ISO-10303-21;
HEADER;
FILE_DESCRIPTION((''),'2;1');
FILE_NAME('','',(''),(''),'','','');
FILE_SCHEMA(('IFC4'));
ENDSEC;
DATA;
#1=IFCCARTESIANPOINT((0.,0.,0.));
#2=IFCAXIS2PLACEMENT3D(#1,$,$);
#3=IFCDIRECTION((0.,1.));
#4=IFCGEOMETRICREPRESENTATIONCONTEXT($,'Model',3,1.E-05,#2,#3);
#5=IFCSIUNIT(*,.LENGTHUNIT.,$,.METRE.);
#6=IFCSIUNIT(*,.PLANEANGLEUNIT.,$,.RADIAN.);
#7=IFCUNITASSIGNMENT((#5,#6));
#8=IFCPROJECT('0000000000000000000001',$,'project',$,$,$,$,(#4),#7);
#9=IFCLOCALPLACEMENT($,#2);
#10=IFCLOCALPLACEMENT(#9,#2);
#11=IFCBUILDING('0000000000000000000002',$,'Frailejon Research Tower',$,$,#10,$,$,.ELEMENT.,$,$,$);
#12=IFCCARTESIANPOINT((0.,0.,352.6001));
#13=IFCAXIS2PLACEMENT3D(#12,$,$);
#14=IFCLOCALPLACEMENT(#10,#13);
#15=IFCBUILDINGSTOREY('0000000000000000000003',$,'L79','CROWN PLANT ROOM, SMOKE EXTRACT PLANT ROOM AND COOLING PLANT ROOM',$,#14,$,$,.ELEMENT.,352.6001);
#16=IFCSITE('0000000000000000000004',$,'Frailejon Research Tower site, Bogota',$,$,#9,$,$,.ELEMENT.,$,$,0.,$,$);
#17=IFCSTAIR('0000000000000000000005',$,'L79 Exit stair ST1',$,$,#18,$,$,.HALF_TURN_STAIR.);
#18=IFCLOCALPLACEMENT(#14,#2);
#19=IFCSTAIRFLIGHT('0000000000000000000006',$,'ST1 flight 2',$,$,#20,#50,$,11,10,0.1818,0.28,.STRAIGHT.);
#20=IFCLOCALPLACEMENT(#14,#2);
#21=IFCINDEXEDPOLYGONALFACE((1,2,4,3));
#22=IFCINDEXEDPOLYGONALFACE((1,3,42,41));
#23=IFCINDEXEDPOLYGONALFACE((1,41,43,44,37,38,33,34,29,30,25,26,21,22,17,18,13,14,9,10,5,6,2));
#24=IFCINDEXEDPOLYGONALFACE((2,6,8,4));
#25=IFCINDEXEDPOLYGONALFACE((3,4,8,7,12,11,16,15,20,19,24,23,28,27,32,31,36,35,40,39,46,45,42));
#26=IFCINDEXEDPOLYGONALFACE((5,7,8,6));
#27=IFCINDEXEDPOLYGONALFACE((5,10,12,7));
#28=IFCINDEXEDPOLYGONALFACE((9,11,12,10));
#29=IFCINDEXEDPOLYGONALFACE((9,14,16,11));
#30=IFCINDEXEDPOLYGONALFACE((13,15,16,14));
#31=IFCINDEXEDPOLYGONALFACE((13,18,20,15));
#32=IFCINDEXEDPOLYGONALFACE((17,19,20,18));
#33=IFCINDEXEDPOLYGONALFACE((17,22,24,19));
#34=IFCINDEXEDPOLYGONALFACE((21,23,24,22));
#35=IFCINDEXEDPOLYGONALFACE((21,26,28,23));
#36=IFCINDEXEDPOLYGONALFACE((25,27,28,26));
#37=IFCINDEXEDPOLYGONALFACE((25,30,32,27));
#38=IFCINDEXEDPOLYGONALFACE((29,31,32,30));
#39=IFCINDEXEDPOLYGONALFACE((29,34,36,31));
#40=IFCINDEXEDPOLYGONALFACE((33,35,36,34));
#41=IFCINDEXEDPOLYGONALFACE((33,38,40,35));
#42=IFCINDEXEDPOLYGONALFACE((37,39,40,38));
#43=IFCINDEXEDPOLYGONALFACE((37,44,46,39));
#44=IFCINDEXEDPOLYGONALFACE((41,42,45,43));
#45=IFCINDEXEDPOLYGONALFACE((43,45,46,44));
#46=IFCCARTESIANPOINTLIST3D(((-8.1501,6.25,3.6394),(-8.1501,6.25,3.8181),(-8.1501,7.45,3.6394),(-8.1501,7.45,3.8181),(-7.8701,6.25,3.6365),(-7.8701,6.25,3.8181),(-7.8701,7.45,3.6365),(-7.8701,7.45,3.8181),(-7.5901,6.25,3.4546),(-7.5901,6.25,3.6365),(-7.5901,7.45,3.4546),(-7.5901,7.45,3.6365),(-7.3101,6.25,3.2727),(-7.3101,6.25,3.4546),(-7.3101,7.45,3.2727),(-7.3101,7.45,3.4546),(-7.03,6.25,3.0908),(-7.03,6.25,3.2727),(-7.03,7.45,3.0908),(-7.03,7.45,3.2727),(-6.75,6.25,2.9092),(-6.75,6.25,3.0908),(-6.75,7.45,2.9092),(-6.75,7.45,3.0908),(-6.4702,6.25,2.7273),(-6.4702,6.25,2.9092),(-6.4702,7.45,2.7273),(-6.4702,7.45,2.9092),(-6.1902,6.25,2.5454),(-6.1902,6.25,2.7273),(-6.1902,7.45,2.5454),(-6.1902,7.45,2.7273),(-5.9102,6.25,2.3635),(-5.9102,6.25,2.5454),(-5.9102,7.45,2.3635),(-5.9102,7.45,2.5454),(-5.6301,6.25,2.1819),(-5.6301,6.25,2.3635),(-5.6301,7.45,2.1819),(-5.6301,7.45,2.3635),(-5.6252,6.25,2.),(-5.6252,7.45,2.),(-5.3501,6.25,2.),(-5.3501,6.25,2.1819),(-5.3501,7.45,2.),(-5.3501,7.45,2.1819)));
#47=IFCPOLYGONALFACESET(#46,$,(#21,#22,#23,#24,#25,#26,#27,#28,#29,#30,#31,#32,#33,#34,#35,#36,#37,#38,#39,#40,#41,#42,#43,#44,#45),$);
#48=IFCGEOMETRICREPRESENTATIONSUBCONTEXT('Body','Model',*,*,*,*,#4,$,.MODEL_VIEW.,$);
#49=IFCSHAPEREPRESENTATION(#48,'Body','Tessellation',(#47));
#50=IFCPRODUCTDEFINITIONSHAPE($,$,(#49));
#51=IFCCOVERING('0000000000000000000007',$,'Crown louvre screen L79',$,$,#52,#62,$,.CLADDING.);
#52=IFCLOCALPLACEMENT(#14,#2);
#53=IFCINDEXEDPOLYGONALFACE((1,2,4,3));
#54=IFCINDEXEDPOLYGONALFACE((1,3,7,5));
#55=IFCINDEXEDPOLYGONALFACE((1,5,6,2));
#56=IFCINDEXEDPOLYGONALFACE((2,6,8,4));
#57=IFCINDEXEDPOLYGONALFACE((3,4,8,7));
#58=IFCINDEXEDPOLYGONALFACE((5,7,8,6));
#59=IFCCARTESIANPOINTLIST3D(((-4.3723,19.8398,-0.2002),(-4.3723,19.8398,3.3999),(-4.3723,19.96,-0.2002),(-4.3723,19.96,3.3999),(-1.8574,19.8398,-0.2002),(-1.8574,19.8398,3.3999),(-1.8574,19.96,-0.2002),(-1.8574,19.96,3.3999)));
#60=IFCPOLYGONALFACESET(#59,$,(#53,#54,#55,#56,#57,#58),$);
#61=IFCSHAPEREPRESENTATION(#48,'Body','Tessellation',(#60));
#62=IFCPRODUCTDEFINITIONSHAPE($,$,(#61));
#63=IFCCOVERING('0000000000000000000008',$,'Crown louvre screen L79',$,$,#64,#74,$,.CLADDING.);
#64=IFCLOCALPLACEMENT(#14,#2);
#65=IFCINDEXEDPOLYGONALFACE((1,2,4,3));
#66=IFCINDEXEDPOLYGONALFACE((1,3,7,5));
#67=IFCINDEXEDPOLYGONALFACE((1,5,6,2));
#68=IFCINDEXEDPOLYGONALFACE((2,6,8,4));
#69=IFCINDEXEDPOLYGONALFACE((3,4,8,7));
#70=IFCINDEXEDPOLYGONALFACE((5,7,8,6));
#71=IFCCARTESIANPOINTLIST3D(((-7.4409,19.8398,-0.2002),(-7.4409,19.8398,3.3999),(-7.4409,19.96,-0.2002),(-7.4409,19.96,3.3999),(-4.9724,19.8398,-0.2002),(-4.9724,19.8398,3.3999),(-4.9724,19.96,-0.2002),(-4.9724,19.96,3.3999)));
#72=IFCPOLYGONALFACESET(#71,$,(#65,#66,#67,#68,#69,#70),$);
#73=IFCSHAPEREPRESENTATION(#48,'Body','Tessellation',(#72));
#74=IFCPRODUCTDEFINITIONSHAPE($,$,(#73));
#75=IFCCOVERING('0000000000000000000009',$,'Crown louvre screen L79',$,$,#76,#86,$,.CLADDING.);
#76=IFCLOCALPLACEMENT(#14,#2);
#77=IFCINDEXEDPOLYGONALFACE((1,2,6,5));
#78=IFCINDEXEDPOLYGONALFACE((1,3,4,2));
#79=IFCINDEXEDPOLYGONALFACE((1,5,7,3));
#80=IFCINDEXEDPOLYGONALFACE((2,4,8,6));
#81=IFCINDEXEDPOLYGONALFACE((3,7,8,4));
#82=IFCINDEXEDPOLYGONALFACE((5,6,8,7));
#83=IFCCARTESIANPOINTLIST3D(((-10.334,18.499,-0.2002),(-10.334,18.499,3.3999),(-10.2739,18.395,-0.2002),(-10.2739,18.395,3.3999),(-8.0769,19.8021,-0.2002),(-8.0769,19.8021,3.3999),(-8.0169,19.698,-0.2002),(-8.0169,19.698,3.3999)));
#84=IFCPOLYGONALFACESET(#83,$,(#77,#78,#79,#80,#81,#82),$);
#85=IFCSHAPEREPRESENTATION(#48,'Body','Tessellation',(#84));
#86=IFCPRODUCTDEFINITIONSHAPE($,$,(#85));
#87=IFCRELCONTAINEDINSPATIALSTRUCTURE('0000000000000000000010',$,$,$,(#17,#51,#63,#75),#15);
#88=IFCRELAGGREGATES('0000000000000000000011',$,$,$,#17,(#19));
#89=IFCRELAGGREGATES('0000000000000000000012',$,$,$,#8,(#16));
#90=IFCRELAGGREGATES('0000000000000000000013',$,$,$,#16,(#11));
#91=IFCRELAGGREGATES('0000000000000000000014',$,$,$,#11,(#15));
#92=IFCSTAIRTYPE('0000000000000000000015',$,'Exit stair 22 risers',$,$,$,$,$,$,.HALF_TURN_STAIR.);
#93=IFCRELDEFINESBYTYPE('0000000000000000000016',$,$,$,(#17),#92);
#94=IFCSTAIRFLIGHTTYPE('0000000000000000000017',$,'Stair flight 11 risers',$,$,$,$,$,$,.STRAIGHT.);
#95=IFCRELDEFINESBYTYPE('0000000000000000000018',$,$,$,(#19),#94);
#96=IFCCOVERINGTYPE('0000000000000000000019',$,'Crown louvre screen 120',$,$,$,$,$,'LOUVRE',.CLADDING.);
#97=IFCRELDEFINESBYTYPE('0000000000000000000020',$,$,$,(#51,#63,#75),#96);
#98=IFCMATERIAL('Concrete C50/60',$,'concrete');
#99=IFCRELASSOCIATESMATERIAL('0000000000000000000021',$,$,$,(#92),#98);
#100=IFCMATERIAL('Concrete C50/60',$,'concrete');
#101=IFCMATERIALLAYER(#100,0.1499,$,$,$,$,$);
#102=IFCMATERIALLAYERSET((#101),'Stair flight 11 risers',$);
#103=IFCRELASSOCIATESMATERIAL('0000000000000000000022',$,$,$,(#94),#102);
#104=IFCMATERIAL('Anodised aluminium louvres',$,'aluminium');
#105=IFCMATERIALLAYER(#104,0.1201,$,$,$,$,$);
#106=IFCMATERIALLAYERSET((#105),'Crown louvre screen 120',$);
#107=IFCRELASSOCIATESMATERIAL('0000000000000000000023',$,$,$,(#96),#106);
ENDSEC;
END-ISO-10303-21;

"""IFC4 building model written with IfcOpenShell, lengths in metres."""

from ifc_helpers import new_model, si_unit, direction, frame, origin, place, context, subcontext, project, spatial, polyline, outline, extrude, material, layer, layer_set, type_object, element, aggregate, save


model = new_model("IFC4")

# Units and contexts
model_context = context("Model", 3, precision=1e-05, world=origin(), true_north=direction((0.0, 1.0)))
body_context = subcontext(model_context, "Body", "Model", "MODEL_VIEW")
ifc_project = project(units=[si_unit("LENGTHUNIT", "METRE"), si_unit("PLANEANGLEUNIT", "RADIAN")], contexts=[model_context])

# Site, building, storey
site_placement = place(None, origin())
site = spatial("IfcSite", under=ifc_project, at=site_placement, Name="Frailejon Research Tower site, Bogota", CompositionType="ELEMENT", RefElevation=0.0)
building_placement = place(site_placement, origin())
building = spatial("IfcBuilding", under=site, at=building_placement, Name="Frailejon Research Tower", CompositionType="ELEMENT")
storey_placement = place(building_placement, frame((0.0, 0.0, 352.6001)))
storey = spatial("IfcBuildingStorey", under=building, at=storey_placement, Name="L79", Description="CROWN PLANT ROOM, SMOKE EXTRACT PLANT ROOM AND COOLING PLANT ROOM", CompositionType="ELEMENT", Elevation=352.6001)

# Stair, stair flight
ifc_material_1 = material(Name="Concrete C50/60", Category="concrete")
stair_type = type_object("IfcStairType", Name="Exit stair 22 risers", PredefinedType="HALF_TURN_STAIR", material=ifc_material_1)
stair_placement = place(storey_placement, origin())
stair = element("IfcStair", 1, at=stair_placement, inside=storey, type_object=stair_type, Name="L79 Exit stair ST1", PredefinedType="HALF_TURN_STAIR")
ifc_material_2 = material(Name="Concrete C50/60", Category="concrete")
ifc_layer_1 = layer(ifc_material_2, 0.1499)
ifc_layer_set_1 = layer_set([ifc_layer_1], Name="Stair flight 11 risers")
stair_flight_type = type_object("IfcStairFlightType", Name="Stair flight 11 risers", PredefinedType="STRAIGHT", material=ifc_layer_set_1)
stair_flight_1_placement = place(storey_placement, frame((-5.3501, 6.8501, 2.0), z_axis=(0.0, 0.0, 1.0), x_axis=(-1.0, 0.0, 0.0)))
stair_flight_1 = element("IfcStairFlight", 2, at=stair_flight_1_placement, type_object=stair_flight_type, Name="ST1 flight 2", NumberOfRisers=11, NumberOfTreads=10, PredefinedType="STRAIGHT", RiserHeight=0.1818, TreadLength=0.28, context=body_context, shape_type="SweptSolid", body=[
    extrude(outline(polyline([(0.0, 0.0), (0.0, 0.1819), (0.28, 0.1819), (0.28, 0.3635), (0.5601, 0.3635), (0.5601, 0.5454), (0.8401, 0.5454), (0.8401, 0.7273), (1.1201, 0.7273), (1.1201, 0.9092), (1.3999, 0.9092), (1.3999, 1.0908), (1.6799, 1.0908), (1.6799, 1.2727), (1.96, 1.2727), (1.96, 1.4546), (2.24, 1.4546), (2.24, 1.6365), (2.52, 1.6365), (2.52, 1.8181), (2.8, 1.8181), (2.8, 2.0), (2.8, 1.6394), (0.2751, 0.0), (0.0, 0.0)])), frame((0.0, 0.6001, 0.0), z_axis=(0.0, -1.0, 0.0), x_axis=(1.0, 0.0, 0.0)), (0.0, 0.0, 1.0), 1.2),
])
aggregate(stair, [stair_flight_1])

# Coverings
ifc_material_3 = material(Name="Anodised aluminium louvres", Category="aluminium")
ifc_layer_2 = layer(ifc_material_3, 0.1201)
ifc_layer_set_2 = layer_set([ifc_layer_2], Name="Crown louvre screen 120")
covering_type = type_object("IfcCoveringType", Name="Crown louvre screen 120", ElementType="LOUVRE", PredefinedType="CLADDING", material=ifc_layer_set_2)
covering_1_placement = place(storey_placement, frame((-4.3723, 19.8999, -0.2002), z_axis=(1.0, 0.0, 0.0), x_axis=(0.0, 1.0, 0.0)))
element("IfcCovering", 3, at=covering_1_placement, inside=storey, type_object=covering_type, Name="Crown louvre screen L79", PredefinedType="CLADDING", context=body_context, shape_type="SweptSolid", body=[
    extrude(outline(polyline([(-0.0601, 0.0), (0.0601, 0.0), (0.0601, 3.6001), (-0.0601, 3.6001), (-0.0601, 0.0)])), origin(), (0.0, 0.0, 1.0), 2.5149),
])
covering_2_placement = place(storey_placement, frame((-7.4409, 19.8999, -0.2002), z_axis=(1.0, 0.0, 0.0), x_axis=(0.0, 1.0, 0.0)))
element("IfcCovering", 4, at=covering_2_placement, inside=storey, type_object=covering_type, Name="Crown louvre screen L79", PredefinedType="CLADDING", context=body_context, shape_type="SweptSolid", body=[
    extrude(outline(polyline([(-0.0601, 0.0), (0.0601, 0.0), (0.0601, 3.6001), (-0.0601, 3.6001), (-0.0601, 0.0)])), origin(), (0.0, 0.0, 1.0), 2.4685),
])
covering_3_placement = place(storey_placement, frame((-10.304, 18.447, -0.2002), z_axis=(0.866039, 0.499977, 0.0), x_axis=(-0.499977, 0.866039, 0.0)))
element("IfcCovering", 5, at=covering_3_placement, inside=storey, type_object=covering_type, Name="Crown louvre screen L79", PredefinedType="CLADDING", context=body_context, shape_type="SweptSolid", body=[
    extrude(outline(polyline([(-0.0601, 0.0), (0.0601, 0.0), (0.0601, 3.6001), (-0.0601, 3.6001), (-0.0601, 0.0)])), origin(), (0.0, 0.0, 1.0), 2.6062),
])

save(model, "model.ifc")
